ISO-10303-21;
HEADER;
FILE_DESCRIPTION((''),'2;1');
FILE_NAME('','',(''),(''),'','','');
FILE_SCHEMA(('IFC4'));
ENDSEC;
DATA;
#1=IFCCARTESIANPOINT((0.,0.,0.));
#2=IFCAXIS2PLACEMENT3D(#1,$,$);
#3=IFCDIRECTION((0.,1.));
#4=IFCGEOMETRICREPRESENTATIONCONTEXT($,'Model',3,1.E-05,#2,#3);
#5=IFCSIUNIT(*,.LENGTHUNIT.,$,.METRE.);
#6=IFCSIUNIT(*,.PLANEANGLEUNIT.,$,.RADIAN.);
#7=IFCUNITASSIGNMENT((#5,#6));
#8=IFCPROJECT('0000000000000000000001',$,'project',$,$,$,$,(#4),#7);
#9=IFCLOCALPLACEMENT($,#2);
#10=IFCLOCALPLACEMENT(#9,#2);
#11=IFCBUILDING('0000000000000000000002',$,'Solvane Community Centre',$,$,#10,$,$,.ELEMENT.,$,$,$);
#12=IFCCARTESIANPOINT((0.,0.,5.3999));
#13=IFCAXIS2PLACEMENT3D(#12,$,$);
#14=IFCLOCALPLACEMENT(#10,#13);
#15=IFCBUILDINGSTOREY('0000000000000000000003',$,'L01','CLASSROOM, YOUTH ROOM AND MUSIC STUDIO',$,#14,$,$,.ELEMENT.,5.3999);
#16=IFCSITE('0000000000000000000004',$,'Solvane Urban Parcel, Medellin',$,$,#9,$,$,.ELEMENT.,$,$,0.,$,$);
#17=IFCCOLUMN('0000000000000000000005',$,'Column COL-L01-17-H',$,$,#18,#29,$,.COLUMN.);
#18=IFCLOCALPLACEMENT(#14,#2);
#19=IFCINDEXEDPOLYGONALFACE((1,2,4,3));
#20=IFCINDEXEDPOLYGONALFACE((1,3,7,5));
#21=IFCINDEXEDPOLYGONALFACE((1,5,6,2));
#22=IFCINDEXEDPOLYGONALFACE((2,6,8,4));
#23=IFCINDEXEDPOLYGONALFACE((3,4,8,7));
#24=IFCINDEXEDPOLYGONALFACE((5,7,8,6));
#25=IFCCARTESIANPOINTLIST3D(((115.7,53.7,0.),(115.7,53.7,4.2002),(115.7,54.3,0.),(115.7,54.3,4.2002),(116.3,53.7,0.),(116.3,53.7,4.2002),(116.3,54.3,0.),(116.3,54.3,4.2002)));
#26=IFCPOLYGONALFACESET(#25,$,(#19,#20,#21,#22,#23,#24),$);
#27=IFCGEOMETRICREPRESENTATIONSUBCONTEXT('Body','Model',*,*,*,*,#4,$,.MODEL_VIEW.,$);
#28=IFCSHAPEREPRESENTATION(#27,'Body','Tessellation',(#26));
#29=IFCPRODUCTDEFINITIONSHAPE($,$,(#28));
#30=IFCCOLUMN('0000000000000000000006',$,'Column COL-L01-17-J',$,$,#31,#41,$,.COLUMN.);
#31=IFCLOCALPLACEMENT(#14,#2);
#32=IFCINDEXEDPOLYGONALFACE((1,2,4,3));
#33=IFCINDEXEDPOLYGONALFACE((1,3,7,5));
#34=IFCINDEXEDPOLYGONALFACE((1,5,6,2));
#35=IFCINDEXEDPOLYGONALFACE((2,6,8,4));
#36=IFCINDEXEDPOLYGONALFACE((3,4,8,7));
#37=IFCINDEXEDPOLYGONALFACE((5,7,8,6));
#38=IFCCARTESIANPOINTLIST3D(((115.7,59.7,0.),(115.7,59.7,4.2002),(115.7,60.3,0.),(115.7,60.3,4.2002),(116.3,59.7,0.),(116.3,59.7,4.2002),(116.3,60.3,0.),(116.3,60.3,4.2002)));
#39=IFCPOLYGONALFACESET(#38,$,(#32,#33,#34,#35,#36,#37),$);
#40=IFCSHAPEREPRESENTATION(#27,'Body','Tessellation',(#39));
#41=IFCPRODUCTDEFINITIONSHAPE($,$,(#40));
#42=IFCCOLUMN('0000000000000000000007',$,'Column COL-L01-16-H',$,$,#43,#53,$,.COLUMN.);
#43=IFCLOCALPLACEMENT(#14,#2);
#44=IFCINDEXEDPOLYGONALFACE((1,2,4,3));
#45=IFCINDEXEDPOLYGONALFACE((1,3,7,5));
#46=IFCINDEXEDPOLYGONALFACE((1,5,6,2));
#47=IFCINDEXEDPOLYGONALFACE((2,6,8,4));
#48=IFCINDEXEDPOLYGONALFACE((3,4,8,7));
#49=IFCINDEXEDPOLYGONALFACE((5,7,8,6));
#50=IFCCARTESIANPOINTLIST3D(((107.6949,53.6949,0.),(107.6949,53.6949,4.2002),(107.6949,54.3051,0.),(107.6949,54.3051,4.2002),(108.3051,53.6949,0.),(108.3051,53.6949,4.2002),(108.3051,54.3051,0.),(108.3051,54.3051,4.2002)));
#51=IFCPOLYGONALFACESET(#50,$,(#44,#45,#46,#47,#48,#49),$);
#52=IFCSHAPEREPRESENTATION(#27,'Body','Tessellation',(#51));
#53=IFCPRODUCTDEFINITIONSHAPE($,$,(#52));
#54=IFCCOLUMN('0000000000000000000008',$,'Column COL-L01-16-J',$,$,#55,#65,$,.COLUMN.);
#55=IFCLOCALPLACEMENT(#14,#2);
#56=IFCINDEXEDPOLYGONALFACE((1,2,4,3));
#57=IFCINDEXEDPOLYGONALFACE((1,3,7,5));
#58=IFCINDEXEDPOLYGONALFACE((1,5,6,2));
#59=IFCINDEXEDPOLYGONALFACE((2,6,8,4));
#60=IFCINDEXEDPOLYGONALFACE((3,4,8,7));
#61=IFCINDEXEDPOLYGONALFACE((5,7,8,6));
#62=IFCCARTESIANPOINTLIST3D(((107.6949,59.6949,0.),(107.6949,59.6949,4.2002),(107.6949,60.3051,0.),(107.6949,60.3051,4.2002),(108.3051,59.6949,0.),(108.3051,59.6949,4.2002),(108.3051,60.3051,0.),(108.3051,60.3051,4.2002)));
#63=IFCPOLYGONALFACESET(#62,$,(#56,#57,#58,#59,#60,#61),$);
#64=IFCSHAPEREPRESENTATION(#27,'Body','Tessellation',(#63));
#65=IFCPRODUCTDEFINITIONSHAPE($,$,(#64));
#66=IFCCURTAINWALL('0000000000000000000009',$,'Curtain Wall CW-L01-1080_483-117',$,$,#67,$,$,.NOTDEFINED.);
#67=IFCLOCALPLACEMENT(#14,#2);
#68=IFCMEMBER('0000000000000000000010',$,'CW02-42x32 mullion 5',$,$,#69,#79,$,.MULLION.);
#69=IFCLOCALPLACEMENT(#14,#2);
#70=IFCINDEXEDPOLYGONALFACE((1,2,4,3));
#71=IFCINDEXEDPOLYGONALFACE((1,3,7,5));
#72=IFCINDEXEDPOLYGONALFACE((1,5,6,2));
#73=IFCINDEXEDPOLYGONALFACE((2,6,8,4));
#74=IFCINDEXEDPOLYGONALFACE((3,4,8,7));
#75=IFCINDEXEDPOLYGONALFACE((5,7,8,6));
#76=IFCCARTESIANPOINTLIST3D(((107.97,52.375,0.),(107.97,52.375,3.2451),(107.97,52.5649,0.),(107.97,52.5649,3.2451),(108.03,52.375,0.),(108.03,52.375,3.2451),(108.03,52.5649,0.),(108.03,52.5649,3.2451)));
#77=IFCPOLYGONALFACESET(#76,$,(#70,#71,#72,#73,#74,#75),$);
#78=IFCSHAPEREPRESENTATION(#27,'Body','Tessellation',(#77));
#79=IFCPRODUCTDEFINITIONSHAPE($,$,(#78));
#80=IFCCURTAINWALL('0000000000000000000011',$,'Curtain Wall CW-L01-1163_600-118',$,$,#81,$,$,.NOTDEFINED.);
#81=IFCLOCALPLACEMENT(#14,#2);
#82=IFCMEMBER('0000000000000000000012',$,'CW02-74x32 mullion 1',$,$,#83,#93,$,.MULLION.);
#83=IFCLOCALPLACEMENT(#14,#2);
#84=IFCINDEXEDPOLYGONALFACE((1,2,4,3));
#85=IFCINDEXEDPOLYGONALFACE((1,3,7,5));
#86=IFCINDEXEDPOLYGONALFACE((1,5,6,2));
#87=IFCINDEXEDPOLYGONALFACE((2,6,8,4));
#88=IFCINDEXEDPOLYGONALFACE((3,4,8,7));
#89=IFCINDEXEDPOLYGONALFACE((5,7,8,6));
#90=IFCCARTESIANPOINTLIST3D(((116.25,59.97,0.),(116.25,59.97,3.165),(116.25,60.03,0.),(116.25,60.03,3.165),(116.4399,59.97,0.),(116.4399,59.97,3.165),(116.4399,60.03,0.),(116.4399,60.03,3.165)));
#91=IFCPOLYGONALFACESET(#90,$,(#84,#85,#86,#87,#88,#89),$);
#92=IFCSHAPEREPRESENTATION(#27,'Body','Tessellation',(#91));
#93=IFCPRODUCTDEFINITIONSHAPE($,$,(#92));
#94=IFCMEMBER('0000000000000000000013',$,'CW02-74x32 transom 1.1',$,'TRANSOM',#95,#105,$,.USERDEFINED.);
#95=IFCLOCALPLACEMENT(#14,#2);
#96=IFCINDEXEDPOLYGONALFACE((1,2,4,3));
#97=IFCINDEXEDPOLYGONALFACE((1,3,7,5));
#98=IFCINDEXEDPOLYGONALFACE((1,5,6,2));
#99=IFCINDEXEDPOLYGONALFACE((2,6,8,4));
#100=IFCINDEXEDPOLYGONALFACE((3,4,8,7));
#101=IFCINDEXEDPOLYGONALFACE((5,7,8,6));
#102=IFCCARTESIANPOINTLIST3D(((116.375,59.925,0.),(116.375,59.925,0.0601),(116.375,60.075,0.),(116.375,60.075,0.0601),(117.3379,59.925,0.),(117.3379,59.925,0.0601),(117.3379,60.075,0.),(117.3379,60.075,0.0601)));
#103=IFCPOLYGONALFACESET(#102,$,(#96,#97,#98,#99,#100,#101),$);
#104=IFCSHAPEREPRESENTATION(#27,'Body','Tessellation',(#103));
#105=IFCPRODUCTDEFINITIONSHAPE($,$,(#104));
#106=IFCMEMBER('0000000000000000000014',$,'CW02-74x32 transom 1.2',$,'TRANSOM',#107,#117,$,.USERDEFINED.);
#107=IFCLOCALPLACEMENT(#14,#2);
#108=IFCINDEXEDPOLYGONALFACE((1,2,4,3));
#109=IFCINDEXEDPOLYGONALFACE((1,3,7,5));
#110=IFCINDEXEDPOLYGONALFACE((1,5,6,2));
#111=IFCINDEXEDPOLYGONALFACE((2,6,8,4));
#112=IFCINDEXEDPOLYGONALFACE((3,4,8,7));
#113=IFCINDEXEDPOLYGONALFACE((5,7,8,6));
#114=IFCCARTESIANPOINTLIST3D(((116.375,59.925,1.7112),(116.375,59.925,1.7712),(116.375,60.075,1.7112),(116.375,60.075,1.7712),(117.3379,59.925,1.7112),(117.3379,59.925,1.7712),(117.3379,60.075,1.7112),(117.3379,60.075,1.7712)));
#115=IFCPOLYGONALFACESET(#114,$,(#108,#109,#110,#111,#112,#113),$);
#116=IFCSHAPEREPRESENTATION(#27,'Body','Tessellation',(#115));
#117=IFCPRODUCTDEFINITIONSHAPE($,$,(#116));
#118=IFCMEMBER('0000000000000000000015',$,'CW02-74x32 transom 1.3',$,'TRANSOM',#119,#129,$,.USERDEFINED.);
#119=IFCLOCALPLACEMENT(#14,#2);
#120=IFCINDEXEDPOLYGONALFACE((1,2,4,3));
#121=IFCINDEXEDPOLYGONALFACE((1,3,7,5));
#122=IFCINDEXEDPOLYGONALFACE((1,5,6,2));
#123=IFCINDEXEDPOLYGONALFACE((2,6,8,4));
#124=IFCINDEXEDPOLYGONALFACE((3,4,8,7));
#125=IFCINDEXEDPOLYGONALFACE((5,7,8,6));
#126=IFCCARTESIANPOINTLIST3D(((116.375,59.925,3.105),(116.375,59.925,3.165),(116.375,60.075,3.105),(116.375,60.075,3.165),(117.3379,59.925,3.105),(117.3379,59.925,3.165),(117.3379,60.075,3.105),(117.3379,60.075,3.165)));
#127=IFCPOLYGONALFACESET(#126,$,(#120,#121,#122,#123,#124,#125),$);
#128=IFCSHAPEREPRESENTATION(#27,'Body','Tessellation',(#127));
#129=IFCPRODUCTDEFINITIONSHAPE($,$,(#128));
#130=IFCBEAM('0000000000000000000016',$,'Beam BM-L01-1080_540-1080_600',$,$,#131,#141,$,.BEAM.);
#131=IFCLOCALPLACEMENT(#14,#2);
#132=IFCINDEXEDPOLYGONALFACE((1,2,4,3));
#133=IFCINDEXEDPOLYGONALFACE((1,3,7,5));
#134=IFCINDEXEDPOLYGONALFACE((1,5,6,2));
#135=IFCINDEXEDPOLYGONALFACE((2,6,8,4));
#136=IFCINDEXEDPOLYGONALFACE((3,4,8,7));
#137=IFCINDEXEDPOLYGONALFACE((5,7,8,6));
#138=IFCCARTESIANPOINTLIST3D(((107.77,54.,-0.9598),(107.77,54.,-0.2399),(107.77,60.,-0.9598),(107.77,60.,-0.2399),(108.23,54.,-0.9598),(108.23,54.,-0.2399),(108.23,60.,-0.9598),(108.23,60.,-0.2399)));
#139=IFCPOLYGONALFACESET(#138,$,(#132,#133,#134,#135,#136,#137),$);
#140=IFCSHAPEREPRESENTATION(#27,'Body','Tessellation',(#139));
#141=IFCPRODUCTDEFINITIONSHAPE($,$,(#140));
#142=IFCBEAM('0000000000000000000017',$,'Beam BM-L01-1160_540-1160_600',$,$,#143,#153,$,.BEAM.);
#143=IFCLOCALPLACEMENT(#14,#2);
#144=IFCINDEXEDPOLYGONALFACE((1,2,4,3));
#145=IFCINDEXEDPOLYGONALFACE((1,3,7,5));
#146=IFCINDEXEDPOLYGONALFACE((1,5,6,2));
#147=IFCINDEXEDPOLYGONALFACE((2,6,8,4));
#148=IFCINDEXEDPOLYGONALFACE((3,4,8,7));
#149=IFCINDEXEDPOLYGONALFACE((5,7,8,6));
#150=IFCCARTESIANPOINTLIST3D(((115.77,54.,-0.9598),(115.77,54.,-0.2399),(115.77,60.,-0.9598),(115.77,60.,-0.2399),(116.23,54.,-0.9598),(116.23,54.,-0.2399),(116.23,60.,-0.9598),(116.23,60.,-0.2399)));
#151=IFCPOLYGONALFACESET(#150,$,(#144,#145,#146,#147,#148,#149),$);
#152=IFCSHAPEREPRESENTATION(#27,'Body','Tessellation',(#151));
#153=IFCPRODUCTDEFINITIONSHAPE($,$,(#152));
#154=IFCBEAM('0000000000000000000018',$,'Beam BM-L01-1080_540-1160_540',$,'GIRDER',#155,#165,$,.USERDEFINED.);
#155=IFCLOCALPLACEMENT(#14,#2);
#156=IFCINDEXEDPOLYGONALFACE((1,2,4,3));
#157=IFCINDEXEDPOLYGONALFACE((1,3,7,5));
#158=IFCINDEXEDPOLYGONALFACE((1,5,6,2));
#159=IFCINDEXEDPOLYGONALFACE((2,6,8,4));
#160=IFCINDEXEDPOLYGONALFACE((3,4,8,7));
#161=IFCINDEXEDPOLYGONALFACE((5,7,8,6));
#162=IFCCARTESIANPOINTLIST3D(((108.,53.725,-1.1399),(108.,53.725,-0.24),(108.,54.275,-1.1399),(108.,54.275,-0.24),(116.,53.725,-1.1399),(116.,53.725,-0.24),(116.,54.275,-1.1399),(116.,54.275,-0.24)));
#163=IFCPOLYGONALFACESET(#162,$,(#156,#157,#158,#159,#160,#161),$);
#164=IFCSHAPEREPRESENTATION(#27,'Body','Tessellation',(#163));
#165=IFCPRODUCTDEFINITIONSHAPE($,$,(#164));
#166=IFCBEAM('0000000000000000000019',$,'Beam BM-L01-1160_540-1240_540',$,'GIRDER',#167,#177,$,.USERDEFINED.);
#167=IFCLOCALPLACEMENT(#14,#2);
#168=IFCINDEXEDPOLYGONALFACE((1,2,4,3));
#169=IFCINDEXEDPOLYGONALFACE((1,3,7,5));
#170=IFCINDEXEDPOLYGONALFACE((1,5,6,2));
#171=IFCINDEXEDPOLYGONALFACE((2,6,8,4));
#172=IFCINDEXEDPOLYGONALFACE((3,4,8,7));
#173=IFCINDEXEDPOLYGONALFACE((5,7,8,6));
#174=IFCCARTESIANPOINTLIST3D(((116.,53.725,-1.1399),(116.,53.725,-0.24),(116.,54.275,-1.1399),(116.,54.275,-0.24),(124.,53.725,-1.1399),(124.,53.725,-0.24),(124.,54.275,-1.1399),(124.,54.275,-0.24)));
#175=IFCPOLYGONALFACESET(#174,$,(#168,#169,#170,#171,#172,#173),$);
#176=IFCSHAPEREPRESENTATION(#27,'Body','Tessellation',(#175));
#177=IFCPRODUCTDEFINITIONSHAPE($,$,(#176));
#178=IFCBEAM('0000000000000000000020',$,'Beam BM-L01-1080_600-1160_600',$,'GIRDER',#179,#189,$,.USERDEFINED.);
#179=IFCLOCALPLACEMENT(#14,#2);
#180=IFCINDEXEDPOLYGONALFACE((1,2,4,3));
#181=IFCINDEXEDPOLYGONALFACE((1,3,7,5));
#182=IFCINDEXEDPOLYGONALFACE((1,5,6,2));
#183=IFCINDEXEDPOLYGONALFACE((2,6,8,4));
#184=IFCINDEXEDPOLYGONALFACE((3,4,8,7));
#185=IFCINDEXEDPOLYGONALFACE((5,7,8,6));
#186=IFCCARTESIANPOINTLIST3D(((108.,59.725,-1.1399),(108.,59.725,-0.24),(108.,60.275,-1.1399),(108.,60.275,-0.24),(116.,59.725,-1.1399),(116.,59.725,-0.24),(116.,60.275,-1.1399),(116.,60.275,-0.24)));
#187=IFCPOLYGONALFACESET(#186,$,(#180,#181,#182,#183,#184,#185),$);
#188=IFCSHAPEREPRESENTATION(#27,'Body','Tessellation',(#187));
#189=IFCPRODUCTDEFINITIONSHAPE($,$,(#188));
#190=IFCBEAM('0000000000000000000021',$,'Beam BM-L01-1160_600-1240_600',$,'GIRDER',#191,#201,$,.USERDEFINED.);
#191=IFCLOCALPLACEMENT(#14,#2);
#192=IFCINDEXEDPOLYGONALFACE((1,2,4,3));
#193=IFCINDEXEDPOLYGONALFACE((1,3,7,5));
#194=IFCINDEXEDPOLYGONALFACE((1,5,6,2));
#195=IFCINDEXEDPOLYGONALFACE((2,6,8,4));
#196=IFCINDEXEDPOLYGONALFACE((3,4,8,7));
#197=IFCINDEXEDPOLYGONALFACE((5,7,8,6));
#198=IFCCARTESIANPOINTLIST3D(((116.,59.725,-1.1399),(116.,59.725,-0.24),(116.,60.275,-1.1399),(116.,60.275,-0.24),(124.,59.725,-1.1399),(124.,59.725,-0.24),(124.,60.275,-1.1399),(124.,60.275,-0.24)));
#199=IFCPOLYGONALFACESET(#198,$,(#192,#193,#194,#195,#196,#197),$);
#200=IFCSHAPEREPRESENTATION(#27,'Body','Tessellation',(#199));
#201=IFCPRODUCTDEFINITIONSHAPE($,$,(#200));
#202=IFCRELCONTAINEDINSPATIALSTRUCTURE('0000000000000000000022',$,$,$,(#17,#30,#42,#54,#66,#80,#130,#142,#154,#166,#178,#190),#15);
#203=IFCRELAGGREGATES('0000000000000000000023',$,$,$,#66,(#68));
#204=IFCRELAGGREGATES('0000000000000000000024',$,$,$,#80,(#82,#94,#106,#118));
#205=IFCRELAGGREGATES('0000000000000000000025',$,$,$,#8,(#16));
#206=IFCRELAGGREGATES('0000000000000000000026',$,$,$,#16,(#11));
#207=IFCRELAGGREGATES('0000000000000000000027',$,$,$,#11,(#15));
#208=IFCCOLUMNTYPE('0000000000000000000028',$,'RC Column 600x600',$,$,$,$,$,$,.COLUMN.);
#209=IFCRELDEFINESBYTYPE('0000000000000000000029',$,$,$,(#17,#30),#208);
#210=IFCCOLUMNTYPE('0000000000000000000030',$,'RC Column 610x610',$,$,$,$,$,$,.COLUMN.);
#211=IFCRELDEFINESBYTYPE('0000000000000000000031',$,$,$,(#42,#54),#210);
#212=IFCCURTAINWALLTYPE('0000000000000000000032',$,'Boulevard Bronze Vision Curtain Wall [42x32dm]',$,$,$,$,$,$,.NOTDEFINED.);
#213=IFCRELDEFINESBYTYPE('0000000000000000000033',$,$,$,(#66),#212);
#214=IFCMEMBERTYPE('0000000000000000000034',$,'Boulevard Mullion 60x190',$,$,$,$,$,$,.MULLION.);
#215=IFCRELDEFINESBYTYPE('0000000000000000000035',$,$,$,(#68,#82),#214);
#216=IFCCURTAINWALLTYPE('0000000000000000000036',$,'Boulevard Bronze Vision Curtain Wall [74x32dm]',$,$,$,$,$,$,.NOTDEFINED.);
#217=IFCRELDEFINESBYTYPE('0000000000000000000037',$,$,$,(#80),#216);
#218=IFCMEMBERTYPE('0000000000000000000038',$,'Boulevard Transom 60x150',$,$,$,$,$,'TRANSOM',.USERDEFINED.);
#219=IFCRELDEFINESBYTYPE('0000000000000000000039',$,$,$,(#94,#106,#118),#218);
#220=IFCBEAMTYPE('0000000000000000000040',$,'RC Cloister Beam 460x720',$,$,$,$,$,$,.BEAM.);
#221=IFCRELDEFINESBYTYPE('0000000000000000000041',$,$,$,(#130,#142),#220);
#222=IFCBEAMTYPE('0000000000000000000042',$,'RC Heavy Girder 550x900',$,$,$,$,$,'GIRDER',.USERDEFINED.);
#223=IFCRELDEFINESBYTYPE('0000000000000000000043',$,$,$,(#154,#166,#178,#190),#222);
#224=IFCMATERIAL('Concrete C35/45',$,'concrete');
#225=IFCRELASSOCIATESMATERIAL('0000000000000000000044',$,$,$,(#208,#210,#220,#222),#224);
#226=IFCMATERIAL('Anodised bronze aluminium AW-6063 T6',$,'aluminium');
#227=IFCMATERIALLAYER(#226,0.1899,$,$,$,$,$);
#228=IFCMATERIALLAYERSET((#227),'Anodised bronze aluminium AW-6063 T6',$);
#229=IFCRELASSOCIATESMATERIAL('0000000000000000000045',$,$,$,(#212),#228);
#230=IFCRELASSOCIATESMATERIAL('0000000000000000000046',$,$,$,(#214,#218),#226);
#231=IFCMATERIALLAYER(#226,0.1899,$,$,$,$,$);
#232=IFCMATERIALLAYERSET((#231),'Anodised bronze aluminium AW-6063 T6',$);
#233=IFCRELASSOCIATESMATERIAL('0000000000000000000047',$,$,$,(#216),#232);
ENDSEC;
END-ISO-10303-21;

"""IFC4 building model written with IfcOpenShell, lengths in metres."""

from ifc_helpers import new_model, si_unit, direction, frame, origin, origin_2d, place, context, subcontext, project, spatial, rectangle, extrude, material, layer, layer_set, material_profile, profile_set, type_object, element, aggregate, save


model = new_model("IFC4")

# Units and contexts
model_context = context("Model", 3, precision=1e-05, world=origin(), true_north=direction((0.0, 1.0)))
body_context = subcontext(model_context, "Body", "Model", "MODEL_VIEW")
ifc_project = project(units=[si_unit("LENGTHUNIT", "METRE"), si_unit("PLANEANGLEUNIT", "RADIAN")], contexts=[model_context])

# Site, building, storey
site_placement = place(None, origin())
site = spatial("IfcSite", under=ifc_project, at=site_placement, Name="Solvane Urban Parcel, Medellin", CompositionType="ELEMENT", RefElevation=0.0)
building_placement = place(site_placement, origin())
building = spatial("IfcBuilding", under=site, at=building_placement, Name="Solvane Community Centre", CompositionType="ELEMENT")
storey_placement = place(building_placement, frame((0.0, 0.0, 5.3999)))
storey = spatial("IfcBuildingStorey", under=building, at=storey_placement, Name="L01", Description="CLASSROOM, YOUTH ROOM AND MUSIC STUDIO", CompositionType="ELEMENT", Elevation=5.3999)

# Columns
ifc_material_1 = material(Name="Concrete C35/45", Category="concrete")
ifc_material_profile_1 = material_profile(ifc_material_1, rectangle(XDim=0.6001, YDim=0.6001, at=origin_2d()), Name="RC 600x600")
ifc_profile_set_1 = profile_set([ifc_material_profile_1], Name="Concrete C35/45")
column_type_1 = type_object("IfcColumnType", Name="RC Column 600x600", PredefinedType="COLUMN", material=ifc_profile_set_1)
for number, where, z_axis, x_axis, name in (
    (1, (116.0, 54.0, 0.0), (0.0, 0.0, 1.0), (1.0, 0.0, 0.0), "Column COL-L01-17-H"),
    (2, (116.0, 60.0, 0.0), (0.0, 0.0, 1.0), (1.0, 0.0, 0.0), "Column COL-L01-17-J"),
):
    element("IfcColumn", number, at=place(storey_placement, frame(where, z_axis=z_axis, x_axis=x_axis)), inside=storey, type_object=column_type_1, Name=name, PredefinedType="COLUMN", context=body_context, shape_type="SweptSolid", body=[
        extrude(rectangle(XDim=0.6001, YDim=0.6001, at=origin_2d()), origin(), (0.0, 0.0, 1.0), 4.2002),
    ])
ifc_material_profile_2 = material_profile(ifc_material_1, rectangle(XDim=0.6101, YDim=0.6101, at=origin_2d()), Name="RC 610x610")
ifc_profile_set_2 = profile_set([ifc_material_profile_2], Name="Concrete C35/45")
column_type_2 = type_object("IfcColumnType", Name="RC Column 610x610", PredefinedType="COLUMN", material=ifc_profile_set_2)
for number, where, z_axis, x_axis, name in (
    (3, (108.0, 54.0, 0.0), (0.0, 0.0, 1.0), (1.0, 0.0, 0.0), "Column COL-L01-16-H"),
    (4, (108.0, 60.0, 0.0), (0.0, 0.0, 1.0), (1.0, 0.0, 0.0), "Column COL-L01-16-J"),
):
    element("IfcColumn", number, at=place(storey_placement, frame(where, z_axis=z_axis, x_axis=x_axis)), inside=storey, type_object=column_type_2, Name=name, PredefinedType="COLUMN", context=body_context, shape_type="SweptSolid", body=[
        extrude(rectangle(XDim=0.6101, YDim=0.6101, at=origin_2d()), origin(), (0.0, 0.0, 1.0), 4.2002),
    ])

# Curtain wall, member
ifc_material_2 = material(Name="Anodised bronze aluminium AW-6063 T6", Category="aluminium")
ifc_layer_1 = layer(ifc_material_2, 0.1899)
ifc_layer_set_1 = layer_set([ifc_layer_1], Name="Anodised bronze aluminium AW-6063 T6")
curtain_wall_type_1 = type_object("IfcCurtainWallType", Name="Boulevard Bronze Vision Curtain Wall [42x32dm]", PredefinedType="NOTDEFINED", material=ifc_layer_set_1)
curtain_wall_1_placement = place(storey_placement, origin())
curtain_wall_1 = element("IfcCurtainWall", 5, at=curtain_wall_1_placement, inside=storey, type_object=curtain_wall_type_1, Name="Curtain Wall CW-L01-1080_483-117", PredefinedType="NOTDEFINED")
ifc_material_profile_3 = material_profile(ifc_material_2, rectangle(XDim=0.0601, YDim=0.1899, at=origin_2d()), Name="CW-M 60x190")
ifc_profile_set_3 = profile_set([ifc_material_profile_3], Name="Anodised bronze aluminium AW-6063 T6")
member_type_1 = type_object("IfcMemberType", Name="Boulevard Mullion 60x190", PredefinedType="MULLION", material=ifc_profile_set_3)
member_1_placement = place(storey_placement, frame((108.0, 52.47, 0.0), z_axis=(0.0, 0.0, 1.0), x_axis=(-1.0, 0.0, 0.0)))
member_1 = element("IfcMember", 6, at=member_1_placement, type_object=member_type_1, Name="CW02-42x32 mullion 5", PredefinedType="MULLION", context=body_context, shape_type="SweptSolid", body=[
    extrude(rectangle(XDim=0.0601, YDim=0.1899, at=origin_2d()), origin(), (0.0, 0.0, 1.0), 3.2451),
])

# Curtain wall, members
ifc_layer_2 = layer(ifc_material_2, 0.1899)
ifc_layer_set_2 = layer_set([ifc_layer_2], Name="Anodised bronze aluminium AW-6063 T6")
curtain_wall_type_2 = type_object("IfcCurtainWallType", Name="Boulevard Bronze Vision Curtain Wall [74x32dm]", PredefinedType="NOTDEFINED", material=ifc_layer_set_2)
curtain_wall_2_placement = place(storey_placement, origin())
curtain_wall_2 = element("IfcCurtainWall", 7, at=curtain_wall_2_placement, inside=storey, type_object=curtain_wall_type_2, Name="Curtain Wall CW-L01-1163_600-118", PredefinedType="NOTDEFINED")
member_2_placement = place(storey_placement, frame((116.345, 60.0, 0.0), z_axis=(0.0, 0.0, 1.0), x_axis=(0.0, 1.0, 0.0)))
member_2 = element("IfcMember", 8, at=member_2_placement, type_object=member_type_1, Name="CW02-74x32 mullion 1", PredefinedType="MULLION", context=body_context, shape_type="SweptSolid", body=[
    extrude(rectangle(XDim=0.0601, YDim=0.1899, at=origin_2d()), origin(), (0.0, 0.0, 1.0), 3.165),
])
ifc_material_profile_4 = material_profile(ifc_material_2, rectangle(XDim=0.1499, YDim=0.0601, at=origin_2d()), Name="CW-T 60x150")
ifc_profile_set_4 = profile_set([ifc_material_profile_4], Name="Anodised bronze aluminium AW-6063 T6")
member_type_2 = type_object("IfcMemberType", Name="Boulevard Transom 60x150", ElementType="TRANSOM", PredefinedType="USERDEFINED", material=ifc_profile_set_4)
member_3_placement = place(storey_placement, frame((116.375, 60.0, 0.03), z_axis=(1.0, 0.0, 0.0), x_axis=(0.0, 1.0, 0.0)))
member_3 = element("IfcMember", 9, at=member_3_placement, type_object=member_type_2, Name="CW02-74x32 transom 1.1", ObjectType="TRANSOM", PredefinedType="USERDEFINED", context=body_context, shape_type="SweptSolid", body=[
    extrude(rectangle(XDim=0.1499, YDim=0.0601, at=origin_2d()), origin(), (0.0, 0.0, 1.0), 0.9629),
])
member_4_placement = place(storey_placement, frame((116.375, 60.0, 1.7412), z_axis=(1.0, 0.0, 0.0), x_axis=(0.0, 1.0, 0.0)))
member_4 = element("IfcMember", 10, at=member_4_placement, type_object=member_type_2, Name="CW02-74x32 transom 1.2", ObjectType="TRANSOM", PredefinedType="USERDEFINED", context=body_context, shape_type="SweptSolid", body=[
    extrude(rectangle(XDim=0.1499, YDim=0.0601, at=origin_2d()), origin(), (0.0, 0.0, 1.0), 0.9629),
])
member_5_placement = place(storey_placement, frame((116.375, 60.0, 3.135), z_axis=(1.0, 0.0, 0.0), x_axis=(0.0, 1.0, 0.0)))
member_5 = element("IfcMember", 11, at=member_5_placement, type_object=member_type_2, Name="CW02-74x32 transom 1.3", ObjectType="TRANSOM", PredefinedType="USERDEFINED", context=body_context, shape_type="SweptSolid", body=[
    extrude(rectangle(XDim=0.1499, YDim=0.0601, at=origin_2d()), origin(), (0.0, 0.0, 1.0), 0.9629),
])

# Beams
ifc_material_profile_5 = material_profile(ifc_material_1, rectangle(XDim=0.46, YDim=0.72, at=origin_2d()), Name="RC 460x720")
ifc_profile_set_5 = profile_set([ifc_material_profile_5], Name="Concrete C35/45")
beam_type_1 = type_object("IfcBeamType", Name="RC Cloister Beam 460x720", PredefinedType="BEAM", material=ifc_profile_set_5)
for number, where, z_axis, x_axis, name in (
    (12, (108.0, 54.0, -0.5999), (0.0, 1.0, 0.0), (-1.0, 0.0, 0.0), "Beam BM-L01-1080_540-1080_600"),
    (13, (116.0, 54.0, -0.5999), (0.0, 1.0, 0.0), (-1.0, 0.0, 0.0), "Beam BM-L01-1160_540-1160_600"),
):
    element("IfcBeam", number, at=place(storey_placement, frame(where, z_axis=z_axis, x_axis=x_axis)), inside=storey, type_object=beam_type_1, Name=name, PredefinedType="BEAM", context=body_context, shape_type="SweptSolid", body=[
        extrude(rectangle(XDim=0.46, YDim=0.72, at=origin_2d()), origin(), (0.0, 0.0, 1.0), 6.0),
    ])
ifc_material_profile_6 = material_profile(ifc_material_1, rectangle(XDim=0.55, YDim=0.8999, at=origin_2d()), Name="RC 550x900")
ifc_profile_set_6 = profile_set([ifc_material_profile_6], Name="Concrete C35/45")
beam_type_2 = type_object("IfcBeamType", Name="RC Heavy Girder 550x900", ElementType="GIRDER", PredefinedType="USERDEFINED", material=ifc_profile_set_6)
for number, where, z_axis, x_axis, name in (
    (14, (108.0, 54.0, -0.6899), (1.0, 0.0, 0.0), (0.0, 1.0, 0.0), "Beam BM-L01-1080_540-1160_540"),
    (15, (116.0, 54.0, -0.6899), (1.0, 0.0, 0.0), (0.0, 1.0, 0.0), "Beam BM-L01-1160_540-1240_540"),
    (16, (108.0, 60.0, -0.6899), (1.0, 0.0, 0.0), (0.0, 1.0, 0.0), "Beam BM-L01-1080_600-1160_600"),
    (17, (116.0, 60.0, -0.6899), (1.0, 0.0, 0.0), (0.0, 1.0, 0.0), "Beam BM-L01-1160_600-1240_600"),
):
    element("IfcBeam", number, at=place(storey_placement, frame(where, z_axis=z_axis, x_axis=x_axis)), inside=storey, type_object=beam_type_2, Name=name, ObjectType="GIRDER", PredefinedType="USERDEFINED", context=body_context, shape_type="SweptSolid", body=[
        extrude(rectangle(XDim=0.55, YDim=0.8999, at=origin_2d()), origin(), (0.0, 0.0, 1.0), 8.0),
    ])

aggregate(curtain_wall_1, [member_1])
aggregate(curtain_wall_2, [member_2, member_3, member_4, member_5])

save(model, "model.ifc")
